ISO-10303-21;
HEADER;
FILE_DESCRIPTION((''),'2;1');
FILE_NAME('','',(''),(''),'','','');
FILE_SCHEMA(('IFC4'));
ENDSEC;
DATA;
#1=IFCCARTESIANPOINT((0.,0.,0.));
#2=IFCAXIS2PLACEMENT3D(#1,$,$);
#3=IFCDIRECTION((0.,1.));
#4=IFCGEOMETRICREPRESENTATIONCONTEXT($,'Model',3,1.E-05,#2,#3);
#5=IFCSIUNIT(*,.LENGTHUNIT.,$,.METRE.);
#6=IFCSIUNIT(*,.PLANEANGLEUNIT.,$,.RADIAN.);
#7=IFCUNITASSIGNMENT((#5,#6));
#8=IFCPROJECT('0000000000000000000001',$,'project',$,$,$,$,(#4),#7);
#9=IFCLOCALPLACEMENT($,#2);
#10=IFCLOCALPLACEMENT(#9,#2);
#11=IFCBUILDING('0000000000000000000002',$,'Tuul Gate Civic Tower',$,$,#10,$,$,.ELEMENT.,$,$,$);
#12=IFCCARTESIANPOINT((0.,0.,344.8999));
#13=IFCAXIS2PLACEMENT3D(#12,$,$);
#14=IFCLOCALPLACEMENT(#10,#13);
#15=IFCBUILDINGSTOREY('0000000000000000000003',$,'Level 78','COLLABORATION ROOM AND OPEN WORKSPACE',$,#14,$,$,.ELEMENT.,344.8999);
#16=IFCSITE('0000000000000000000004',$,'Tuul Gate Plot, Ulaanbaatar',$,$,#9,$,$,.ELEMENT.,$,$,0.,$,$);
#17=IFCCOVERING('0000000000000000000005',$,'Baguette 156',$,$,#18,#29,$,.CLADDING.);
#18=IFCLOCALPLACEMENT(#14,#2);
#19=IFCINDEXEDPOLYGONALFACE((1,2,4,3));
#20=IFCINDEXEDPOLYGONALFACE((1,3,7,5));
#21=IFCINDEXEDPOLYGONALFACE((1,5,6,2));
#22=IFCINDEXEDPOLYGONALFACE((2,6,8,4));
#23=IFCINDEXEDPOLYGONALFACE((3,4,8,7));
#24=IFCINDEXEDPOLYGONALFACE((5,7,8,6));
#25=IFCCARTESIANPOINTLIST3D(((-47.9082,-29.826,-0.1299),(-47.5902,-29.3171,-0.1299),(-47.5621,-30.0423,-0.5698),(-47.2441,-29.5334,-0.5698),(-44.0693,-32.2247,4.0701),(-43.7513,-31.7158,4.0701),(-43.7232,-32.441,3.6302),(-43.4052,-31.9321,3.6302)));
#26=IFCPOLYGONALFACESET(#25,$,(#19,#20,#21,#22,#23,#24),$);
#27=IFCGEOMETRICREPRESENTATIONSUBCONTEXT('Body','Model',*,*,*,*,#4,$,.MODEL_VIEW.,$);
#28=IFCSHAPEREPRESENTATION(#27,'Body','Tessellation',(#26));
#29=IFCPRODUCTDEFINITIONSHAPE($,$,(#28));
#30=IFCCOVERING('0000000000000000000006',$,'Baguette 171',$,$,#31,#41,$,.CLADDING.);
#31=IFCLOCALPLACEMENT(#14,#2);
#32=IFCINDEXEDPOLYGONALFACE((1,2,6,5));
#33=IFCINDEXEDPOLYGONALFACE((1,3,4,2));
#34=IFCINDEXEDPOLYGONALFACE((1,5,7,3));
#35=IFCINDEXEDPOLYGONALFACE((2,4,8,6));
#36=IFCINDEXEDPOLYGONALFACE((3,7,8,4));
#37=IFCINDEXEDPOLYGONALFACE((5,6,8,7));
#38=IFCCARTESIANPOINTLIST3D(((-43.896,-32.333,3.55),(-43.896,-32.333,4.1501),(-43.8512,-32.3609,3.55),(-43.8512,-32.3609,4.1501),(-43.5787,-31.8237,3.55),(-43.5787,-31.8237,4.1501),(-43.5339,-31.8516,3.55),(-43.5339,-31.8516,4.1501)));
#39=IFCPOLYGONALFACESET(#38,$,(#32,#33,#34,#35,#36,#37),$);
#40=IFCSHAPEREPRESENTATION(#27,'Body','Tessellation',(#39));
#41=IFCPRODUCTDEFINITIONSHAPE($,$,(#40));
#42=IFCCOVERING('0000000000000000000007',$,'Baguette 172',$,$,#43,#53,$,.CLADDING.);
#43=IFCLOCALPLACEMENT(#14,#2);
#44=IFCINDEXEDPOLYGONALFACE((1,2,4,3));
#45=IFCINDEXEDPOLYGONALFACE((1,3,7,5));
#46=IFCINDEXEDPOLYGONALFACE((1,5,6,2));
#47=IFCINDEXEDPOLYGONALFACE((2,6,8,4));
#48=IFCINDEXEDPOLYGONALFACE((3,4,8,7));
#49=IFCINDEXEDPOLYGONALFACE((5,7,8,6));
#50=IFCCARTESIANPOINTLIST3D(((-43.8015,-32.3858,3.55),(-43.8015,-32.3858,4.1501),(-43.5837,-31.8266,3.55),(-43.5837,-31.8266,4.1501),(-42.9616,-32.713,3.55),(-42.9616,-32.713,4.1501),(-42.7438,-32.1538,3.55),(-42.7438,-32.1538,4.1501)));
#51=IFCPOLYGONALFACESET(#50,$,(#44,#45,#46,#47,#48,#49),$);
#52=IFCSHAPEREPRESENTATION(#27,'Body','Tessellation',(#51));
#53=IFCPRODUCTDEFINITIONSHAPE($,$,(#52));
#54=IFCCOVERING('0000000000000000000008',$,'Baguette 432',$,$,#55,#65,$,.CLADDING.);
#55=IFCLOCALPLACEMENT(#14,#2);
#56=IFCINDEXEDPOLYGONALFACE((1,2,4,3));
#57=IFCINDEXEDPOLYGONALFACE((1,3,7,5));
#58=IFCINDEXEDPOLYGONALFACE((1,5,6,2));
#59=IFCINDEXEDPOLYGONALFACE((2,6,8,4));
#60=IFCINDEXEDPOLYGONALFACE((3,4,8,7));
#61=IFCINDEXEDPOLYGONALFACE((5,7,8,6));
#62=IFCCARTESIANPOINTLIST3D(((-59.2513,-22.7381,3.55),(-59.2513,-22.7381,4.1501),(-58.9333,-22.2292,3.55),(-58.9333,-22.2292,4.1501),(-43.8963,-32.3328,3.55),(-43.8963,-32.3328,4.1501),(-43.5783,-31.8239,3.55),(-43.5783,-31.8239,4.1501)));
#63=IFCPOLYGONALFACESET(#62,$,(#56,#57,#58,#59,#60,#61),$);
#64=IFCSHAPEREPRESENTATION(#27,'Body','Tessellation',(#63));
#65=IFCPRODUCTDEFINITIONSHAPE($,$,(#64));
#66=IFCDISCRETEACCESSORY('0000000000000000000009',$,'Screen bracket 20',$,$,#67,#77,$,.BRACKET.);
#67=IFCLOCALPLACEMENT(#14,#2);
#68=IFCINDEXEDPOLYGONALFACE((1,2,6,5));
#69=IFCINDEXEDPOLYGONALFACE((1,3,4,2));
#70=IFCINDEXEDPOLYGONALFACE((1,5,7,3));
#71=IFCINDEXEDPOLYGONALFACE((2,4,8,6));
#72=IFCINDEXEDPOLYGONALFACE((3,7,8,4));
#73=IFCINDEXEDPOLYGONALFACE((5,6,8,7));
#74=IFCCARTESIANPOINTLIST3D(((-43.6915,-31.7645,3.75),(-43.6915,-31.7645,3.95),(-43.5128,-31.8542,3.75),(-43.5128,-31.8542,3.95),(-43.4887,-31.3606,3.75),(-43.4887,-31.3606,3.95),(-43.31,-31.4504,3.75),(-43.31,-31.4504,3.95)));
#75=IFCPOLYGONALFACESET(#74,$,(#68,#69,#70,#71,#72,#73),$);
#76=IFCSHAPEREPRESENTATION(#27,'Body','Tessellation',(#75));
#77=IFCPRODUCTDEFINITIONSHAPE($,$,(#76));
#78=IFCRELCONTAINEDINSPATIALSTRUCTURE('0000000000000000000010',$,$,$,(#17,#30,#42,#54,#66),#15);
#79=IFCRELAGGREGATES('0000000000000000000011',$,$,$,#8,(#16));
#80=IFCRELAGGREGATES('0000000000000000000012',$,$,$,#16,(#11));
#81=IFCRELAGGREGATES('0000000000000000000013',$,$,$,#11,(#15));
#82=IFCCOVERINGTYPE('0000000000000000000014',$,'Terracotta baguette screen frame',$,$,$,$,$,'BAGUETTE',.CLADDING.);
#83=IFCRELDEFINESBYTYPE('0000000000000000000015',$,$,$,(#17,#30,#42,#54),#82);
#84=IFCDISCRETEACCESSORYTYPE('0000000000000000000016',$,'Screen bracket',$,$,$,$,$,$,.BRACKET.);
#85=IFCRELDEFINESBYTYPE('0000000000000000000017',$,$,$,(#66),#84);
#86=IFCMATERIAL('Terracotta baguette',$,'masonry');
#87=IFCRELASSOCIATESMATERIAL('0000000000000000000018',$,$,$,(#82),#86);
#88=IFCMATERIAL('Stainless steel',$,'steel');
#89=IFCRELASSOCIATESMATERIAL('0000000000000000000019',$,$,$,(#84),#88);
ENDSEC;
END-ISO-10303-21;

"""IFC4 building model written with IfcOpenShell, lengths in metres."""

from ifc_helpers import new_model, si_unit, direction, frame, origin, origin_2d, place, context, subcontext, project, spatial, rectangle, extrude, material, material_profile, profile_set, type_object, element, save


model = new_model("IFC4")

# Units and contexts
model_context = context("Model", 3, precision=1e-05, world=origin(), true_north=direction((0.0, 1.0)))
body_context = subcontext(model_context, "Body", "Model", "MODEL_VIEW")
ifc_project = project(units=[si_unit("LENGTHUNIT", "METRE"), si_unit("PLANEANGLEUNIT", "RADIAN")], contexts=[model_context])

# Site, building, storey
site_placement = place(None, origin())
site = spatial("IfcSite", under=ifc_project, at=site_placement, Name="Tuul Gate Plot, Ulaanbaatar", CompositionType="ELEMENT", RefElevation=0.0)
building_placement = place(site_placement, origin())
building = spatial("IfcBuilding", under=site, at=building_placement, Name="Tuul Gate Civic Tower", CompositionType="ELEMENT")
storey_placement = place(building_placement, frame((0.0, 0.0, 344.8999)))
storey = spatial("IfcBuildingStorey", under=building, at=storey_placement, Name="Level 78", Description="COLLABORATION ROOM AND OPEN WORKSPACE", CompositionType="ELEMENT", Elevation=344.8999)

# Coverings
ifc_material_1 = material(Name="Terracotta baguette", Category="masonry")
ifc_material_profile_1 = material_profile(ifc_material_1, rectangle(XDim=0.6001, YDim=0.6001, at=origin_2d()), Name="Terracotta baguette screen frame")
ifc_profile_set_1 = profile_set([ifc_material_profile_1], Name="Terracotta baguette")
covering_type = type_object("IfcCoveringType", Name="Terracotta baguette screen frame", ElementType="BAGUETTE", PredefinedType="CLADDING", material=ifc_profile_set_1)
covering_1_placement = place(storey_placement, frame((-47.5762, -29.6797, -0.3499), z_axis=(0.621683, -0.388453, 0.680158), x_axis=(0.529902, 0.848059, 0.0)))
element("IfcCovering", 1, at=covering_1_placement, inside=storey, type_object=covering_type, Name="Baguette 156", PredefinedType="CLADDING", context=body_context, shape_type="SweptSolid", body=[
    extrude(rectangle(XDim=0.6001, YDim=0.6001, at=origin_2d()), origin(), (0.0, 0.0, 1.0), 6.175),
])
covering_2_placement = place(storey_placement, frame((-43.7373, -32.0784, 3.8501), z_axis=(0.848779, -0.528748, 0.0), x_axis=(0.528748, 0.848779, 0.0)))
element("IfcCovering", 2, at=covering_2_placement, inside=storey, type_object=covering_type, Name="Baguette 171", PredefinedType="CLADDING", context=body_context, shape_type="SweptSolid", body=[
    extrude(rectangle(XDim=0.6001, YDim=0.6001, at=origin_2d()), origin(), (0.0, 0.0, 1.0), 0.0527),
])
covering_3_placement = place(storey_placement, frame((-43.6926, -32.1062, 3.8501), z_axis=(0.931801, -0.362969, 0.0), x_axis=(0.362969, 0.931801, 0.0)))
element("IfcCovering", 3, at=covering_3_placement, inside=storey, type_object=covering_type, Name="Baguette 172", PredefinedType="CLADDING", context=body_context, shape_type="SweptSolid", body=[
    extrude(rectangle(XDim=0.6001, YDim=0.6001, at=origin_2d()), origin(), (0.0, 0.0, 1.0), 0.9014),
])
covering_4_placement = place(storey_placement, frame((-59.0923, -22.4836, 3.8501), z_axis=(0.848051, -0.529914, 0.0), x_axis=(0.529914, 0.848051, 0.0)))
element("IfcCovering", 4, at=covering_4_placement, inside=storey, type_object=covering_type, Name="Baguette 432", PredefinedType="CLADDING", context=body_context, shape_type="SweptSolid", body=[
    extrude(rectangle(XDim=0.6001, YDim=0.6001, at=origin_2d()), origin(), (0.0, 0.0, 1.0), 18.1062),
])

# Discrete accessory
ifc_material_2 = material(Name="Stainless steel", Category="steel")
discrete_accessory_type = type_object("IfcDiscreteAccessoryType", Name="Screen bracket", PredefinedType="BRACKET", material=ifc_material_2)
discrete_accessory_placement = place(storey_placement, frame((-43.5007, -31.6074, 3.75), z_axis=(0.0, 0.0, 1.0), x_axis=(-0.448842, -0.893611, 0.0)))
element("IfcDiscreteAccessory", 5, at=discrete_accessory_placement, inside=storey, type_object=discrete_accessory_type, Name="Screen bracket 20", PredefinedType="BRACKET", context=body_context, shape_type="SweptSolid", body=[
    extrude(rectangle(XDim=0.4519, YDim=0.2, at=origin_2d()), origin(), (0.0, 0.0, 1.0), 0.2),
])

save(model, "model.ifc")
